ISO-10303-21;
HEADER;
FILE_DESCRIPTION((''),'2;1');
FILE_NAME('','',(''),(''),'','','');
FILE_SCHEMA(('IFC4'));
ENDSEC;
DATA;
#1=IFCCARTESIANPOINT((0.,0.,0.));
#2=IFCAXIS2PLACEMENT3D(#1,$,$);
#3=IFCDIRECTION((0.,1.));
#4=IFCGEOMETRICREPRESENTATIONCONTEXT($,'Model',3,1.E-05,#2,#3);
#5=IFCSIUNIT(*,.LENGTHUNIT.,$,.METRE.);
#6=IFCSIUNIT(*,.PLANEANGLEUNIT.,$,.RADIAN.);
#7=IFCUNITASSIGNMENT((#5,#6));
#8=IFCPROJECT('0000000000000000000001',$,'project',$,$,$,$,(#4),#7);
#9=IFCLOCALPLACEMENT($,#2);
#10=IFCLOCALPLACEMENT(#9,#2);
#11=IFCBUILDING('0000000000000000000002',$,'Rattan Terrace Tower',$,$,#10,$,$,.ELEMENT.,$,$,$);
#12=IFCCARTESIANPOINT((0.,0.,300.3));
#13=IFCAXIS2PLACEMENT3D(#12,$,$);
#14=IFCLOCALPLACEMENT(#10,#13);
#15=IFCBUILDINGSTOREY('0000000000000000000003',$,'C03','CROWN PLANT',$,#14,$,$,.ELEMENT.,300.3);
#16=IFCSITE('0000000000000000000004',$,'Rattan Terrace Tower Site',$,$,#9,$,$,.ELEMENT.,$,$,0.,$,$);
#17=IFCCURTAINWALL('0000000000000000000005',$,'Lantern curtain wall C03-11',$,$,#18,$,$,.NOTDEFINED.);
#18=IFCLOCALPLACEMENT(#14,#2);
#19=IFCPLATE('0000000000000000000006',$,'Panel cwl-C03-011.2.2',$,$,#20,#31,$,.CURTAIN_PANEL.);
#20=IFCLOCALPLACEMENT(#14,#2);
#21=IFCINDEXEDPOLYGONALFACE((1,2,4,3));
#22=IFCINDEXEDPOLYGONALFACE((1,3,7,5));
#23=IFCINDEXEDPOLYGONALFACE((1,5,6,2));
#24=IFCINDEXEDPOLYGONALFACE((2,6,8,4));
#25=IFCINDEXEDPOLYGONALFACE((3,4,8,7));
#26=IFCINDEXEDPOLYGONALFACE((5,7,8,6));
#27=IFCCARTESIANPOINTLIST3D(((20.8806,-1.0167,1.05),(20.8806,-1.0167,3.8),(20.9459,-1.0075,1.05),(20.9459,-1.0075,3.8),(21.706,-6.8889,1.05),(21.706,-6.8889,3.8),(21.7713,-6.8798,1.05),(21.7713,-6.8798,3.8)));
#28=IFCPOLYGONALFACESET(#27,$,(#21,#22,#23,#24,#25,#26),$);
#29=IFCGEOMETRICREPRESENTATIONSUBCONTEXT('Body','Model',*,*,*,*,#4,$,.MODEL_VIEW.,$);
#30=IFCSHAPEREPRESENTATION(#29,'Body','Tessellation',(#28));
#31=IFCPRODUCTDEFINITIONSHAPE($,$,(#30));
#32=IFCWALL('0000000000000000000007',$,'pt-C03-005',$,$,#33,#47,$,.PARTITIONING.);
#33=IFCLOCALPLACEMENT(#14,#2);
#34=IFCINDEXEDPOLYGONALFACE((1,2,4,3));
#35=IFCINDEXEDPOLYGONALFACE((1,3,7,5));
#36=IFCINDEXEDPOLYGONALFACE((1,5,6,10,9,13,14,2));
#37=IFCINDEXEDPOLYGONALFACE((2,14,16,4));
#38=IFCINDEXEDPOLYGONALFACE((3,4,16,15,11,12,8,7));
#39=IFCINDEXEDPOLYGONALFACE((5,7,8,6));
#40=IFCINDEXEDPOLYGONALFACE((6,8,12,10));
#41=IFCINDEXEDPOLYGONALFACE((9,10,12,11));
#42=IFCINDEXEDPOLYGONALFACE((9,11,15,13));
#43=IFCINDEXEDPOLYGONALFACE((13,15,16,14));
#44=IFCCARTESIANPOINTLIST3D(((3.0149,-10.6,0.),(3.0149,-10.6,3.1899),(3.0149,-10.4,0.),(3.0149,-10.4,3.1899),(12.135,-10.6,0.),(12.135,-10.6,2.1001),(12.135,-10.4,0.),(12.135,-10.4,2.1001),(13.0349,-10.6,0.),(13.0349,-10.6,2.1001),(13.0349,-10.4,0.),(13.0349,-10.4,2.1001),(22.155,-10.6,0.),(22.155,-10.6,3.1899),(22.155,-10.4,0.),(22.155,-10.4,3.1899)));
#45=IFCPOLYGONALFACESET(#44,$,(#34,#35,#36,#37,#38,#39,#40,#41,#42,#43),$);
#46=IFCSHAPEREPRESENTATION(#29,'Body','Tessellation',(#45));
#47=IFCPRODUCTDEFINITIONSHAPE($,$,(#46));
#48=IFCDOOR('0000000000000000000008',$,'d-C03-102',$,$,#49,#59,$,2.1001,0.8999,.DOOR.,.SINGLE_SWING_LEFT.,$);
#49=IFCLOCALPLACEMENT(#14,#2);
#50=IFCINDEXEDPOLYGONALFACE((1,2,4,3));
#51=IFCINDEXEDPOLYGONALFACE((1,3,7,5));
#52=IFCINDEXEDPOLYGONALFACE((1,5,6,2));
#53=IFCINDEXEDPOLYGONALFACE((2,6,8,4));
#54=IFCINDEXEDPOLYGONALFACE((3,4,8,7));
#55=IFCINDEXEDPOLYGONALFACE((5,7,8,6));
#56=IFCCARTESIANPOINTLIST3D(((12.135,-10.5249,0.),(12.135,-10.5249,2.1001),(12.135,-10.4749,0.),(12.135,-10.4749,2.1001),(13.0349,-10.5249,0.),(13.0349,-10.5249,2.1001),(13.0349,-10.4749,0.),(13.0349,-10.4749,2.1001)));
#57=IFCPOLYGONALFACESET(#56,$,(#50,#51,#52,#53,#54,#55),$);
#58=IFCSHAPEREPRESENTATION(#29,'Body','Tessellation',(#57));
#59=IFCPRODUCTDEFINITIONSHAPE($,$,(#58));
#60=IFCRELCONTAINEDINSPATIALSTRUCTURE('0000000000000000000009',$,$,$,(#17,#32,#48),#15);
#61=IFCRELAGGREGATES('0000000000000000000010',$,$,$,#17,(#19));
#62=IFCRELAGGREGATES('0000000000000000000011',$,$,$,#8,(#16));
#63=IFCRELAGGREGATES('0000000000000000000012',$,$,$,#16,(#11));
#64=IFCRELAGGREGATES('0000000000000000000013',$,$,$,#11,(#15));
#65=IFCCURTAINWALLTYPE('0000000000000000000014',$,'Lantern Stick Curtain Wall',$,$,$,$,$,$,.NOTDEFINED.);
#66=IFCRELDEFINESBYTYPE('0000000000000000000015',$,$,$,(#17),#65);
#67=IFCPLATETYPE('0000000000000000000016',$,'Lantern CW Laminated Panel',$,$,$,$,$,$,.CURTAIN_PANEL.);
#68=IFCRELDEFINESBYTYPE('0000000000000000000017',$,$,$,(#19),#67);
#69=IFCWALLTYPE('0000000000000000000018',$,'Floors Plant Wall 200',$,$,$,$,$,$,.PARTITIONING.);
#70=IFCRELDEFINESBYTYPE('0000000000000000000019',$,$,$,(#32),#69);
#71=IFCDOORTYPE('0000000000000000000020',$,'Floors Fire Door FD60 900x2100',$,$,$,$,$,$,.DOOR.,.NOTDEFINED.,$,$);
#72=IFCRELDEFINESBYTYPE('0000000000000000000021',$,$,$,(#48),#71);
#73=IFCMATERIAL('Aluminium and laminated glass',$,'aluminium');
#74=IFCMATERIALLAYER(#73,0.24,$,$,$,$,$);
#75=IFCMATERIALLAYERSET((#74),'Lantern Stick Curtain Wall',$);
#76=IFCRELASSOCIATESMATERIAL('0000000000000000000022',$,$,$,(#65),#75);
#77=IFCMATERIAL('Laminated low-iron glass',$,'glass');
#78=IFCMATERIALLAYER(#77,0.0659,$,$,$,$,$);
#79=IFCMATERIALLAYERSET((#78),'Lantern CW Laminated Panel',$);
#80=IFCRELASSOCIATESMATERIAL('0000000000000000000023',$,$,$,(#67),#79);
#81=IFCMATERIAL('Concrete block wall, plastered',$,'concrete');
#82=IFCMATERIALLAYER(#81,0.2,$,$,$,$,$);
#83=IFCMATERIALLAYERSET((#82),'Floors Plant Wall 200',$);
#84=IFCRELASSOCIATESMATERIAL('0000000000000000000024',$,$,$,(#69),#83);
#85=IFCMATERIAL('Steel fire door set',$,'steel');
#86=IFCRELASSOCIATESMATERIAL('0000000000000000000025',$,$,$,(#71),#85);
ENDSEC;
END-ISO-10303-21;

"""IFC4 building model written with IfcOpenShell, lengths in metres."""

from ifc_helpers import new_model, si_unit, direction, frame, frame_2d, origin, origin_2d, place, context, subcontext, project, spatial, rectangle, extrude, material, layer, layer_set, type_object, element, fill, aggregate, save


model = new_model("IFC4")

# Units and contexts
model_context = context("Model", 3, precision=1e-05, world=origin(), true_north=direction((0.0, 1.0)))
body_context = subcontext(model_context, "Body", "Model", "MODEL_VIEW")
ifc_project = project(units=[si_unit("LENGTHUNIT", "METRE"), si_unit("PLANEANGLEUNIT", "RADIAN")], contexts=[model_context])

# Site, building, storey
site_placement = place(None, origin())
site = spatial("IfcSite", under=ifc_project, at=site_placement, Name="Rattan Terrace Tower Site", CompositionType="ELEMENT", RefElevation=0.0)
building_placement = place(site_placement, origin())
building = spatial("IfcBuilding", under=site, at=building_placement, Name="Rattan Terrace Tower", CompositionType="ELEMENT")
storey_placement = place(building_placement, frame((0.0, 0.0, 300.3)))
storey = spatial("IfcBuildingStorey", under=building, at=storey_placement, Name="C03", Description="CROWN PLANT", CompositionType="ELEMENT", Elevation=300.3)

# Shared definitions
ifc_material_1 = material(Name="Aluminium and laminated glass", Category="aluminium")
ifc_layer_1 = layer(ifc_material_1, 0.24)
ifc_layer_set_1 = layer_set([ifc_layer_1], Name="Lantern Stick Curtain Wall")
curtain_wall_type = type_object("IfcCurtainWallType", Name="Lantern Stick Curtain Wall", PredefinedType="NOTDEFINED", material=ifc_layer_set_1)

# Curtain wall
curtain_wall_1_placement = place(storey_placement, origin())
curtain_wall_1 = element("IfcCurtainWall", 1, at=curtain_wall_1_placement, inside=storey, type_object=curtain_wall_type, Name="Lantern curtain wall C03-11", PredefinedType="NOTDEFINED")

# Plate
ifc_material_2 = material(Name="Laminated low-iron glass", Category="glass")
ifc_layer_2 = layer(ifc_material_2, 0.0659)
ifc_layer_set_2 = layer_set([ifc_layer_2], Name="Lantern CW Laminated Panel")
plate_type = type_object("IfcPlateType", Name="Lantern CW Laminated Panel", PredefinedType="CURTAIN_PANEL", material=ifc_layer_set_2)
plate_1_placement = place(storey_placement, frame((21.3259, -3.9482, 1.05), z_axis=(0.0, 0.0, 1.0), x_axis=(-0.139188, 0.990266, 0.0)))
plate_1 = element("IfcPlate", 2, at=plate_1_placement, type_object=plate_type, Name="Panel cwl-C03-011.2.2", PredefinedType="CURTAIN_PANEL", context=body_context, shape_type="SweptSolid", body=[
    extrude(rectangle(XDim=5.9299, YDim=0.0659, at=origin_2d()), origin(), (0.0, 0.0, 1.0), 2.75),
])
aggregate(curtain_wall_1, [plate_1])

# Wall, opening, door
ifc_material_3 = material(Name="Concrete block wall, plastered", Category="concrete")
ifc_layer_3 = layer(ifc_material_3, 0.2)
ifc_layer_set_3 = layer_set([ifc_layer_3], Name="Floors Plant Wall 200")
wall_type = type_object("IfcWallType", Name="Floors Plant Wall 200", PredefinedType="PARTITIONING", material=ifc_layer_set_3)
wall_placement = place(storey_placement, frame((22.155, -10.5, 0.0), z_axis=(0.0, 0.0, 1.0), x_axis=(-1.0, 0.0, 0.0)))
wall = element("IfcWall", 3, at=wall_placement, inside=storey, type_object=wall_type, Name="pt-C03-005", PredefinedType="PARTITIONING", context=body_context, shape_type="SweptSolid", body=[
    extrude(rectangle(XDim=19.1401, YDim=0.2, at=frame_2d((9.5701, 0.0))), origin(), (0.0, 0.0, 1.0), 3.1899),
])
opening_placement = place(wall_placement, frame((9.1201, 0.0, 0.0)))
opening = element("IfcOpeningElement", 4, at=opening_placement, cuts=wall, PredefinedType="OPENING", context=body_context, shape_type="SweptSolid", body=[
    extrude(rectangle(XDim=0.8999, YDim=2.1001, at=frame_2d((0.45, 1.05))), frame((0.0, 0.1106, 0.0), z_axis=(0.0, -1.0, 0.0), x_axis=(1.0, 0.0, 0.0)), (0.0, 0.0, 1.0), 0.2209),
])
ifc_material_4 = material(Name="Steel fire door set", Category="steel")
door_type = type_object("IfcDoorType", Name="Floors Fire Door FD60 900x2100", OperationType="NOTDEFINED", PredefinedType="DOOR", material=ifc_material_4)
door_placement = place(opening_placement, origin())
door = element("IfcDoor", 5, at=door_placement, inside=storey, type_object=door_type, Name="d-C03-102", OperationType="SINGLE_SWING_LEFT", OverallHeight=2.1001, OverallWidth=0.8999, PredefinedType="DOOR", context=body_context, shape_type="SweptSolid", body=[
    extrude(rectangle(XDim=0.8999, YDim=2.1001, at=frame_2d((0.45, 1.05))), frame((0.0, 0.0249, 0.0), z_axis=(0.0, -1.0, 0.0), x_axis=(1.0, 0.0, 0.0)), (0.0, 0.0, 1.0), 0.05),
])
fill(opening, door)

save(model, "model.ifc")
